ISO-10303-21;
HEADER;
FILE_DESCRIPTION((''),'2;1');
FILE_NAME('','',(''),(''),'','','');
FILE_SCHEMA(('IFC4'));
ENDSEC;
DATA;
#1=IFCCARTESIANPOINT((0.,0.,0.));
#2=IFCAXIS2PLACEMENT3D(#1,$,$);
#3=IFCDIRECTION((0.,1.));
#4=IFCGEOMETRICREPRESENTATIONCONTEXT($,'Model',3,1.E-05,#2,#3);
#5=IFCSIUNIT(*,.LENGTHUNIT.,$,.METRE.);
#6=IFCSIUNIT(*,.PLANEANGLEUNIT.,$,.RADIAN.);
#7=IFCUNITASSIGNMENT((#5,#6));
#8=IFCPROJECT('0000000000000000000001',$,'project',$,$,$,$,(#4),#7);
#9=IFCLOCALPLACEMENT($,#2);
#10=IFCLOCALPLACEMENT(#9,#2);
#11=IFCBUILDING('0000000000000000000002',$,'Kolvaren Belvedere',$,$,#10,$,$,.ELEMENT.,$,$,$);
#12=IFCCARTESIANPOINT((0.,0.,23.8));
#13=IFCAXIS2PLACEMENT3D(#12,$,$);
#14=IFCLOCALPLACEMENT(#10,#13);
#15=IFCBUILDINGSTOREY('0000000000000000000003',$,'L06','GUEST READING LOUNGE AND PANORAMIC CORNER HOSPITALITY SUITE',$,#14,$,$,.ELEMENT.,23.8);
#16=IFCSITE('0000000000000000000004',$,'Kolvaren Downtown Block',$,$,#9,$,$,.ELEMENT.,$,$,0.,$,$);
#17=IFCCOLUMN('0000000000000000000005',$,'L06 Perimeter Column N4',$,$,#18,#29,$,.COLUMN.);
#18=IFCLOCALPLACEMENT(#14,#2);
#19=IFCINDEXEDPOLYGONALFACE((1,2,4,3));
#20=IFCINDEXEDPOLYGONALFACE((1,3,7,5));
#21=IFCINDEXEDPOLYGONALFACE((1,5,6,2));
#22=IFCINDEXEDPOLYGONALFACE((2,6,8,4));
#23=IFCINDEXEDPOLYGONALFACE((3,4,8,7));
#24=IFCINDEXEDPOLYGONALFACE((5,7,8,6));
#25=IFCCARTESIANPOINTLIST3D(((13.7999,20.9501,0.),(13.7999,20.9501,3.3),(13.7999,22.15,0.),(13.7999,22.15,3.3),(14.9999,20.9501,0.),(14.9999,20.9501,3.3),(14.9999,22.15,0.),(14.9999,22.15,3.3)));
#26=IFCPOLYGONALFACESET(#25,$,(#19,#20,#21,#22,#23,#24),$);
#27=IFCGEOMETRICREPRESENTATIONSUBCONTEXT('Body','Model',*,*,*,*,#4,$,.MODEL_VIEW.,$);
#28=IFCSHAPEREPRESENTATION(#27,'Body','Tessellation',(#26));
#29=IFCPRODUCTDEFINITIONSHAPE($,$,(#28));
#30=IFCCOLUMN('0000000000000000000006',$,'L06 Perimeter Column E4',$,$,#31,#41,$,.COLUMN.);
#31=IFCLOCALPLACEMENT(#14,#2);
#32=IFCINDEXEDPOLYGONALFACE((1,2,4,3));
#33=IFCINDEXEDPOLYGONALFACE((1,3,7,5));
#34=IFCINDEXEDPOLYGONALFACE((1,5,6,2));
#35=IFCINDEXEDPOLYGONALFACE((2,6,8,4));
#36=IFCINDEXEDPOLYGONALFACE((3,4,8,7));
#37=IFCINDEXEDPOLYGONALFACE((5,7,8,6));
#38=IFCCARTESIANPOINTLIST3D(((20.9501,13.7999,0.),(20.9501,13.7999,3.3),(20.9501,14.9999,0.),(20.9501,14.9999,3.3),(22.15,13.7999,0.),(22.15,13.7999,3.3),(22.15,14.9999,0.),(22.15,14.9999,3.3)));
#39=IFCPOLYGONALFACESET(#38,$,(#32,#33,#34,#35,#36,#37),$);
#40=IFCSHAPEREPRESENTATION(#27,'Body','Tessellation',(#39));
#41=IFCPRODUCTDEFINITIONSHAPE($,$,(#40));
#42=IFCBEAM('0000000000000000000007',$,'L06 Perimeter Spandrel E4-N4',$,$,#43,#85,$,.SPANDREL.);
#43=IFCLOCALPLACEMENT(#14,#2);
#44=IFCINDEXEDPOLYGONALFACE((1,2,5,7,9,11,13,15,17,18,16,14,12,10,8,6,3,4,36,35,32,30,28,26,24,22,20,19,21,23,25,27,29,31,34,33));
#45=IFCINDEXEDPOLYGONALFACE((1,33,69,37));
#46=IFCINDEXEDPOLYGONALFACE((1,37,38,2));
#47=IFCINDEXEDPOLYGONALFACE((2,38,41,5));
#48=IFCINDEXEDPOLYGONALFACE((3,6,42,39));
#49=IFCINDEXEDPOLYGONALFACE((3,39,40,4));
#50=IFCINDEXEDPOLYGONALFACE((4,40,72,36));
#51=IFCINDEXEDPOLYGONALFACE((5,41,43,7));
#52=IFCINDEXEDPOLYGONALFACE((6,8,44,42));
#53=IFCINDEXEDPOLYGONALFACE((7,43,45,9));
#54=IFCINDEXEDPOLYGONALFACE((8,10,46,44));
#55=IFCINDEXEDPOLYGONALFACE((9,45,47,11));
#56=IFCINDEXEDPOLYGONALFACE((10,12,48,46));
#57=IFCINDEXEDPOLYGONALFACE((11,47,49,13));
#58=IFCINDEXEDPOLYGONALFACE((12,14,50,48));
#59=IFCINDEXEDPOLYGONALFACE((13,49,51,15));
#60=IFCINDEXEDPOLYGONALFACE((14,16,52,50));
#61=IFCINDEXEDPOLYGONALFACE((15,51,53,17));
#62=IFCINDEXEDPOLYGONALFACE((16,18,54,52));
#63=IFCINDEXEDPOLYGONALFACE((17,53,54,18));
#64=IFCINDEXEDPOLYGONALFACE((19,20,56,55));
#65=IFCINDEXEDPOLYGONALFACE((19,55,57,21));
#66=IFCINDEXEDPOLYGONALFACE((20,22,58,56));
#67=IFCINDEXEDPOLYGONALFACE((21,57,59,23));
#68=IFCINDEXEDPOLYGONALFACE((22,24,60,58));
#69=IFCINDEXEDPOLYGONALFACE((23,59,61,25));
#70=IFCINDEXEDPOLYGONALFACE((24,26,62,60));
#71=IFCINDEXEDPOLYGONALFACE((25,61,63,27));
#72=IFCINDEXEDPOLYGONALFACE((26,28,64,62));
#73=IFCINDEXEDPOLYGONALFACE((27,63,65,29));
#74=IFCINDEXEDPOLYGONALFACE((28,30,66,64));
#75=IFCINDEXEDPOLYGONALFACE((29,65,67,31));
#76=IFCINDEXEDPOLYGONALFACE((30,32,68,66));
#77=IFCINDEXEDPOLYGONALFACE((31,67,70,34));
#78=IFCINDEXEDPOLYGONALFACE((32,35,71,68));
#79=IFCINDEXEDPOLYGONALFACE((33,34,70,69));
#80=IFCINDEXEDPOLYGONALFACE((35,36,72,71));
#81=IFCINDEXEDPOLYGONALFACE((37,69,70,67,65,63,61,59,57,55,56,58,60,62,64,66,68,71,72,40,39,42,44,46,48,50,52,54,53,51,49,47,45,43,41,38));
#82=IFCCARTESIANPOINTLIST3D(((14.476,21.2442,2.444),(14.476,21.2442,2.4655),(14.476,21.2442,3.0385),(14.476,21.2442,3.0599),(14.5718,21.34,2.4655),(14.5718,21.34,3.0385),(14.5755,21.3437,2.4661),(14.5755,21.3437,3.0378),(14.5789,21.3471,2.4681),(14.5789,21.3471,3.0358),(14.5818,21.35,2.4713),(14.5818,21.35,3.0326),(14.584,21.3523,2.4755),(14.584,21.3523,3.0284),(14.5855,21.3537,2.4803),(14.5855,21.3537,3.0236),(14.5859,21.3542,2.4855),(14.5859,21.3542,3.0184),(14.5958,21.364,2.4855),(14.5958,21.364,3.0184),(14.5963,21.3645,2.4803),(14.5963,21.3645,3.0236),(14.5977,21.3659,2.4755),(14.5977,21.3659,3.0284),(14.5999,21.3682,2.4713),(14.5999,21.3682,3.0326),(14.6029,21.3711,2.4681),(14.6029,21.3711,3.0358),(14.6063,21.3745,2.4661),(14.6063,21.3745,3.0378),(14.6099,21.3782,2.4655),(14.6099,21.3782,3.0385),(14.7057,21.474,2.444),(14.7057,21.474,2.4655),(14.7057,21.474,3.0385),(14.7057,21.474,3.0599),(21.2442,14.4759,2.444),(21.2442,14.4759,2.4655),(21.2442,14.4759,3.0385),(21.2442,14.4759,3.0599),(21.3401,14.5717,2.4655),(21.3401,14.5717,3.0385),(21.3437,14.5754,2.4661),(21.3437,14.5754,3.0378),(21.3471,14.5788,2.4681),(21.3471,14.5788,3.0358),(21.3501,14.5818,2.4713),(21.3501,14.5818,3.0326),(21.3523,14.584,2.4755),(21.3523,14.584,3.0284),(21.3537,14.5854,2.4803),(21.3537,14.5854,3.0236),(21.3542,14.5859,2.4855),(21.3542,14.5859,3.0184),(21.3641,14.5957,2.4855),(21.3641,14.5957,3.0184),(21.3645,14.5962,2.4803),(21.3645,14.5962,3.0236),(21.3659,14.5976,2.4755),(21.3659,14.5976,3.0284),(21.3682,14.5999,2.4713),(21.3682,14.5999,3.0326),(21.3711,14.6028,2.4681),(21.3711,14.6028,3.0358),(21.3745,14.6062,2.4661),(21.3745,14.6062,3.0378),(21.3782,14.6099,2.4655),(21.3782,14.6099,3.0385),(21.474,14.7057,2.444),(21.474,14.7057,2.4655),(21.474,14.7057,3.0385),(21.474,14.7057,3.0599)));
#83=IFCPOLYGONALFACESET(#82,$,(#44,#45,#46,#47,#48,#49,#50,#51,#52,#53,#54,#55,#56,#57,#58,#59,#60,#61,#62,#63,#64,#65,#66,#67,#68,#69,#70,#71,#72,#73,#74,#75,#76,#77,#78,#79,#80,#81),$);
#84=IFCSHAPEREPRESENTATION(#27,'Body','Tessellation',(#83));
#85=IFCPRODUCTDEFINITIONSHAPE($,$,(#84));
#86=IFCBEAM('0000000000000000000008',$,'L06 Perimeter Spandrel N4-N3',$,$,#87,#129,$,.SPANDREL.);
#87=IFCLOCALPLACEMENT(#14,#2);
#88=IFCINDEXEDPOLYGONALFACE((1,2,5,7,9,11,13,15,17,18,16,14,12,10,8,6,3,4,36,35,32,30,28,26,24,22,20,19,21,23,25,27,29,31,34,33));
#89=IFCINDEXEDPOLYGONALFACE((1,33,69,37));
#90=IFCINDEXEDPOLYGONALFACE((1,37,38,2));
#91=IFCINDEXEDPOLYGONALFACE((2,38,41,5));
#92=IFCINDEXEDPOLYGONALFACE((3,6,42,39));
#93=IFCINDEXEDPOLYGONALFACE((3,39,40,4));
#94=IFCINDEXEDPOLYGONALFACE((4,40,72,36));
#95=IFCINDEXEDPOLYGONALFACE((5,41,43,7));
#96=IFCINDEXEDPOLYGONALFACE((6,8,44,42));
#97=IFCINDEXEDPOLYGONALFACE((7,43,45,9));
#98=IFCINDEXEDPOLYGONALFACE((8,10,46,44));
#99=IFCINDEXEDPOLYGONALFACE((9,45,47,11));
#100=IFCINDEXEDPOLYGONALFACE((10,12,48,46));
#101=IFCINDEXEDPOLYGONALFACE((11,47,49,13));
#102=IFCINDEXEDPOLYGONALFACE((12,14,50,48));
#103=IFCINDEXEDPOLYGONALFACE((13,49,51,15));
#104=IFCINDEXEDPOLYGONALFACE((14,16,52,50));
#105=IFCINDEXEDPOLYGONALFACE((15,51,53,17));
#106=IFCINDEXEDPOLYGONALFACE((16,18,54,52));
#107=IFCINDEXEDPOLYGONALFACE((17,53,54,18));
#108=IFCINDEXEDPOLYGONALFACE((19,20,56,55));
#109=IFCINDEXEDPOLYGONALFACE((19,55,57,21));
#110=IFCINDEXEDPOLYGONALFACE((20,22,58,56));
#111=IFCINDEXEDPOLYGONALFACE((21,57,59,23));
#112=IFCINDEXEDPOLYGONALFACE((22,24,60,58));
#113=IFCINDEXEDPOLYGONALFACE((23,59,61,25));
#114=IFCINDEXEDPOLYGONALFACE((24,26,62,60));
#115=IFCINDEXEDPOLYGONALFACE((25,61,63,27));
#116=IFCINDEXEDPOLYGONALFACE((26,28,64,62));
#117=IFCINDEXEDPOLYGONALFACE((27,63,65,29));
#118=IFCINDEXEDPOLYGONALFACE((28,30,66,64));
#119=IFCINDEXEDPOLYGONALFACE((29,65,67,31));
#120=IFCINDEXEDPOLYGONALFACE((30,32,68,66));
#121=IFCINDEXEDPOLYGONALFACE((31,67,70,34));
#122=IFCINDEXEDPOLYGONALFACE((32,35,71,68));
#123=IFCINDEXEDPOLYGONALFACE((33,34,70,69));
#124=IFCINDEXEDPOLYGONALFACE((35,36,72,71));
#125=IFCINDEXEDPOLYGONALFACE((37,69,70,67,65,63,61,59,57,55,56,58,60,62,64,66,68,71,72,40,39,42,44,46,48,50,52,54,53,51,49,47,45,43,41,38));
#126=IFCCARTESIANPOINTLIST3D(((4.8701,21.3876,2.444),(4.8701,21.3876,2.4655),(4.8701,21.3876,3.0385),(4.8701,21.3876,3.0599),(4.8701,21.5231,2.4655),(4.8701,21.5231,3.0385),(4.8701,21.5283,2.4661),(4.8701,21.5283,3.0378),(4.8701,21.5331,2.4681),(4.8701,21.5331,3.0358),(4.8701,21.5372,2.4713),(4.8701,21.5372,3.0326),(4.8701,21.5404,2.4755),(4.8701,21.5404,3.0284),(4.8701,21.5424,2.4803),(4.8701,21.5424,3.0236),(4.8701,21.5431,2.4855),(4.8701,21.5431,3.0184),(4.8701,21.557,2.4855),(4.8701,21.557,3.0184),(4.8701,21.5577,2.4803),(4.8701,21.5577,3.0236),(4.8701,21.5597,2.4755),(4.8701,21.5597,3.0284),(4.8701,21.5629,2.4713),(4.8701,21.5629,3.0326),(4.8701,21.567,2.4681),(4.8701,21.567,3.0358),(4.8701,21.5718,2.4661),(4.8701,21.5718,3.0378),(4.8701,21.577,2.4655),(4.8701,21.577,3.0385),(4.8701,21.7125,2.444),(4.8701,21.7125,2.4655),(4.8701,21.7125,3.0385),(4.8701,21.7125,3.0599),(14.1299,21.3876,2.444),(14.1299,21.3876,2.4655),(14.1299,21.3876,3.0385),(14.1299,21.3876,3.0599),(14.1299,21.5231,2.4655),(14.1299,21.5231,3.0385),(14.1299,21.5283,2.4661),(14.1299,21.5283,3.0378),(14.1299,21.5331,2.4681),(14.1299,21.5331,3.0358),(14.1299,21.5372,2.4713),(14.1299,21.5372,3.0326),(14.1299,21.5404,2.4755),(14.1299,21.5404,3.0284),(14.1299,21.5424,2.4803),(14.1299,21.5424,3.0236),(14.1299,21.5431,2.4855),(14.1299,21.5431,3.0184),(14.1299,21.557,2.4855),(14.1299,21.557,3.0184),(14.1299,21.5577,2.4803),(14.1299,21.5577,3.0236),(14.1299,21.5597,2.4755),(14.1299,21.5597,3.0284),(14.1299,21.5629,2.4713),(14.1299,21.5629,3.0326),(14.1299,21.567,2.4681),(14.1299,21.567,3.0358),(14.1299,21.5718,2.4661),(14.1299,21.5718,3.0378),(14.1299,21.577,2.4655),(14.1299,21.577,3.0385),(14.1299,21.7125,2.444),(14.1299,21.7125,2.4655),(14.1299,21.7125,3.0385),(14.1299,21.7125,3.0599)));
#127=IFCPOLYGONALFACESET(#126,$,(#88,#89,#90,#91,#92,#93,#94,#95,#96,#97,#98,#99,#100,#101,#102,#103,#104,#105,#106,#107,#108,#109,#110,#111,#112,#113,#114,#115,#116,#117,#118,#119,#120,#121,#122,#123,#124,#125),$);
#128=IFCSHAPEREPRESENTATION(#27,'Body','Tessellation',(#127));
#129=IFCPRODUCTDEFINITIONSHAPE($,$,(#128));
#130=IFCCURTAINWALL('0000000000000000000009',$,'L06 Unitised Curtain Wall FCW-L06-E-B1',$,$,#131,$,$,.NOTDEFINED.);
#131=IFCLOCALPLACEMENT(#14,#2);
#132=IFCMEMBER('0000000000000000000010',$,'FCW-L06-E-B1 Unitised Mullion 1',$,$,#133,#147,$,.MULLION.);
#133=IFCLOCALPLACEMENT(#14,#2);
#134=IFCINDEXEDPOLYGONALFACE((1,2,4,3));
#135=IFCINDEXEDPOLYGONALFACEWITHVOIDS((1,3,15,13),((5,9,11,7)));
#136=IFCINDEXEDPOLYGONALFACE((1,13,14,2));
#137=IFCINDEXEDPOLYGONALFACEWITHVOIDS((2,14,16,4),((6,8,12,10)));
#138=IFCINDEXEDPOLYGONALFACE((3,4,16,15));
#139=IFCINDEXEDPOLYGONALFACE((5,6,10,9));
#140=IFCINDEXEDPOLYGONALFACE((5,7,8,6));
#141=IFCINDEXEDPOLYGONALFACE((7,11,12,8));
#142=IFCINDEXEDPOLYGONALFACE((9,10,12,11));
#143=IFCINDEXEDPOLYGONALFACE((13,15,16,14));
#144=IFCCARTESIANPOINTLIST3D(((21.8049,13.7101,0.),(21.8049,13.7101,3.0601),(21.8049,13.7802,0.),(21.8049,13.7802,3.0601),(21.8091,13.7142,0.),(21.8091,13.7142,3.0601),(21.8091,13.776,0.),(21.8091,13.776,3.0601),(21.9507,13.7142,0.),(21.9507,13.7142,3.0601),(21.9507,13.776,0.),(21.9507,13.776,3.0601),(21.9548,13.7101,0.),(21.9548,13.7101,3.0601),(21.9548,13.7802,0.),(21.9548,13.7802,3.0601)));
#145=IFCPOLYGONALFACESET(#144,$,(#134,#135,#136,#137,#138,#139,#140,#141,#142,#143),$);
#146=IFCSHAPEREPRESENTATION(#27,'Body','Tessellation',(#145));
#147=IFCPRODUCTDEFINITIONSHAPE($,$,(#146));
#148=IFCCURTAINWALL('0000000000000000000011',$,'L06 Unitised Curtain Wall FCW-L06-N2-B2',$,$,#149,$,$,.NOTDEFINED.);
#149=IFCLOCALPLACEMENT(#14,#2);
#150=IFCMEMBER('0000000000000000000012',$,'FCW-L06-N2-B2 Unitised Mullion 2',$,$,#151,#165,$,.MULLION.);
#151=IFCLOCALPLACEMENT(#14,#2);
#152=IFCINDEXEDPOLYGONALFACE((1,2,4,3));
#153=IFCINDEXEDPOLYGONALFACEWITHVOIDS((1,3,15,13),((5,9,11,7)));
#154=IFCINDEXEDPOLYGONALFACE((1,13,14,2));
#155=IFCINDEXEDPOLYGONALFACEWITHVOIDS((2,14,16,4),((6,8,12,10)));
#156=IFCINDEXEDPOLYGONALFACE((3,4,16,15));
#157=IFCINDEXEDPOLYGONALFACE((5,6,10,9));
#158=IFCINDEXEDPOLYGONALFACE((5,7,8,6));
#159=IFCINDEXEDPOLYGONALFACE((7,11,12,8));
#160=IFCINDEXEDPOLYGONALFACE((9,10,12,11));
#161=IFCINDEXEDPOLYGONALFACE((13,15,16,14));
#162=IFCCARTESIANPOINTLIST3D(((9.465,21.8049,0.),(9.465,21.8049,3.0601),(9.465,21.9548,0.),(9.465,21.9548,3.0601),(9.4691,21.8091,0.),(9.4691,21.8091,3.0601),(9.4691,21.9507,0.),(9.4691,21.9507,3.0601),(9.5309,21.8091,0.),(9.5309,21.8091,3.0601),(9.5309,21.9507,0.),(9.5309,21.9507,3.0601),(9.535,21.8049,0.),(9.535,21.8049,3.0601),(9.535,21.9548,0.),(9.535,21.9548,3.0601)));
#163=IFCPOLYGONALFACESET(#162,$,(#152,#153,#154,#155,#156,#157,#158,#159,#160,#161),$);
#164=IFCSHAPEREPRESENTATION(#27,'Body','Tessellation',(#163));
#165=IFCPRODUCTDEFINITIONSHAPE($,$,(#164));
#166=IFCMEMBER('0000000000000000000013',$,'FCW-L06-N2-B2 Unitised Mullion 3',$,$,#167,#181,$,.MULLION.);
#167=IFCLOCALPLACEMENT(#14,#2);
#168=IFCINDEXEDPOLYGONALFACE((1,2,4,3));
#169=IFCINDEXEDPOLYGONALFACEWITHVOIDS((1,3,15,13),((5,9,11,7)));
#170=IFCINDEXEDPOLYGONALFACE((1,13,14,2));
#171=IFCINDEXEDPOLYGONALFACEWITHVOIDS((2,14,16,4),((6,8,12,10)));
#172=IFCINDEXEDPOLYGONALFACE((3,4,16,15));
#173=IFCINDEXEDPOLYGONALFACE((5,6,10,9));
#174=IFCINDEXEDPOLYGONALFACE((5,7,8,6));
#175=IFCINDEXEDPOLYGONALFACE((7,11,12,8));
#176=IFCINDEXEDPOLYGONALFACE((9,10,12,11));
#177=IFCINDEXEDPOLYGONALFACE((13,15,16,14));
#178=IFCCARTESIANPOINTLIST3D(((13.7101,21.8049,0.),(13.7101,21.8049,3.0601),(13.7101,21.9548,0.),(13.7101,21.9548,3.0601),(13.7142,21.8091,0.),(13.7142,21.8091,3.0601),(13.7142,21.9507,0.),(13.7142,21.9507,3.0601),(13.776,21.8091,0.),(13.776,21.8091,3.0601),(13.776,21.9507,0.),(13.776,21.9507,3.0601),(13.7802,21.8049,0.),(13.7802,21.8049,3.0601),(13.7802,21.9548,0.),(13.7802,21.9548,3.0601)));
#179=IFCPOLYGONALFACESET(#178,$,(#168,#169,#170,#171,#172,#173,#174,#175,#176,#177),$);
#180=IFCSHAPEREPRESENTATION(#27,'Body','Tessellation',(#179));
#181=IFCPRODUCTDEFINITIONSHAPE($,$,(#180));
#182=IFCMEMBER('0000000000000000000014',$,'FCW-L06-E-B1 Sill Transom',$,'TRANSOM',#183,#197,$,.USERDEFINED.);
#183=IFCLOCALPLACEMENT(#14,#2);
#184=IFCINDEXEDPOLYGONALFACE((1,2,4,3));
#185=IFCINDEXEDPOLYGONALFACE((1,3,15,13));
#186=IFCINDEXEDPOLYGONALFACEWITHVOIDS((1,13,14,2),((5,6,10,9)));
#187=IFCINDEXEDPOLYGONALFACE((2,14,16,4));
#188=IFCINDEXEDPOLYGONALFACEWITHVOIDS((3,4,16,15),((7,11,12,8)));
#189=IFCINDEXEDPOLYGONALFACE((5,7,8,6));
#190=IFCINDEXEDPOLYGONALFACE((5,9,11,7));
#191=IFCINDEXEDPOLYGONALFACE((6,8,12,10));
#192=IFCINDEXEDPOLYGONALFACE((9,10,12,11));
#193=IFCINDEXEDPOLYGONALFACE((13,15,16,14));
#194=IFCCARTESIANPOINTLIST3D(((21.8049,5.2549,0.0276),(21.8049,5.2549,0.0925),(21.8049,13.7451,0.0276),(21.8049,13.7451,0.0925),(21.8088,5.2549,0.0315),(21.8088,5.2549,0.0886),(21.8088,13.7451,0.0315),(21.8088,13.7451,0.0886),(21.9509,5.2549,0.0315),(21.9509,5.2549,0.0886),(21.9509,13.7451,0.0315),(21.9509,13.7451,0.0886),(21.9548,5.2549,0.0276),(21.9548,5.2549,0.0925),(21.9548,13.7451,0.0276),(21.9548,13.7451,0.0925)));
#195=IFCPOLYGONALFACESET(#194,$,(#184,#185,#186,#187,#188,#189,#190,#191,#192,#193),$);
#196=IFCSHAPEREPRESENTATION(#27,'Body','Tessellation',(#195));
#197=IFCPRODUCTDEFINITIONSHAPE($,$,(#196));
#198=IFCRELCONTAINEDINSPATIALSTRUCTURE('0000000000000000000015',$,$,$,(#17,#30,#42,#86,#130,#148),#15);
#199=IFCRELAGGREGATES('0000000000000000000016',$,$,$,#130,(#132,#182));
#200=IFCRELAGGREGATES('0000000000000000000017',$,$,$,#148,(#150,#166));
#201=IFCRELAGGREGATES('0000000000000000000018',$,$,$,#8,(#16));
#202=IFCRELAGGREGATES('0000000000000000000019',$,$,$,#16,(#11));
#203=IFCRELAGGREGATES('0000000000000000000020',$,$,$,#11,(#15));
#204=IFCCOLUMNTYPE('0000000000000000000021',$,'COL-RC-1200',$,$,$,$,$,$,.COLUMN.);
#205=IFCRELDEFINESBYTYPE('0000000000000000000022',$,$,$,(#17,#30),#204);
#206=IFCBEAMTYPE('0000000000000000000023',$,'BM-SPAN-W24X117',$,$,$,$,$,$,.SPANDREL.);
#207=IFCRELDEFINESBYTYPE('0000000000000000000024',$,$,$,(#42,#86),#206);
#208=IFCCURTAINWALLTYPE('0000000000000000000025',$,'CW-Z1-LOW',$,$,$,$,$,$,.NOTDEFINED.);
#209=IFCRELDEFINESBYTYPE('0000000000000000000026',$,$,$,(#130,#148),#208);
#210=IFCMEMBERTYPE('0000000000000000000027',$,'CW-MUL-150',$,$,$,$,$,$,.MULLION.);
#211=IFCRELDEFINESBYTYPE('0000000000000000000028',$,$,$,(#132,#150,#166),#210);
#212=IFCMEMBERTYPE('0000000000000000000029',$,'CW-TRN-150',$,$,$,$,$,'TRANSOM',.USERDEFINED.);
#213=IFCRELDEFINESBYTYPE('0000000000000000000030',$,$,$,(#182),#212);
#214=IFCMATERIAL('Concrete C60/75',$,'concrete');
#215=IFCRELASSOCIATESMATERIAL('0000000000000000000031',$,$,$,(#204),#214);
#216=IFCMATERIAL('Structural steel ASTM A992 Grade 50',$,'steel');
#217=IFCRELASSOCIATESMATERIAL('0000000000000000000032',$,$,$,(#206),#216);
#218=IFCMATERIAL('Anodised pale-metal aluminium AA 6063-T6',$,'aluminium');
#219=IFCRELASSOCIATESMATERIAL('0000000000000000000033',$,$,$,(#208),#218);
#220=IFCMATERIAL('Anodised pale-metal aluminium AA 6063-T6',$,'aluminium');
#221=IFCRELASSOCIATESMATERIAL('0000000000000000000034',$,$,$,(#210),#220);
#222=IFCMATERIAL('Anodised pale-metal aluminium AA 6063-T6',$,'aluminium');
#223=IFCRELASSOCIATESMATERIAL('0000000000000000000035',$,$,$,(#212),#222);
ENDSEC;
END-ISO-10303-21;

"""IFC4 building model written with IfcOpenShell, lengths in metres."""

from ifc_helpers import new_model, si_unit, direction, frame, origin, origin_2d, place, context, subcontext, project, spatial, rectangle, hollow_rectangle, i_section, extrude, material, material_profile, profile_set, type_object, element, aggregate, save


model = new_model("IFC4")

# Units and contexts
model_context = context("Model", 3, precision=1e-05, world=origin(), true_north=direction((0.0, 1.0)))
body_context = subcontext(model_context, "Body", "Model", "MODEL_VIEW")
ifc_project = project(units=[si_unit("LENGTHUNIT", "METRE"), si_unit("PLANEANGLEUNIT", "RADIAN")], contexts=[model_context])

# Site, building, storey
site_placement = place(None, origin())
site = spatial("IfcSite", under=ifc_project, at=site_placement, Name="Kolvaren Downtown Block", CompositionType="ELEMENT", RefElevation=0.0)
building_placement = place(site_placement, origin())
building = spatial("IfcBuilding", under=site, at=building_placement, Name="Kolvaren Belvedere", CompositionType="ELEMENT")
storey_placement = place(building_placement, frame((0.0, 0.0, 23.8)))
storey = spatial("IfcBuildingStorey", under=building, at=storey_placement, Name="L06", Description="GUEST READING LOUNGE AND PANORAMIC CORNER HOSPITALITY SUITE", CompositionType="ELEMENT", Elevation=23.8)

# Columns
ifc_material_1 = material(Name="Concrete C60/75", Category="concrete")
ifc_material_profile_1 = material_profile(ifc_material_1, rectangle(XDim=1.2, YDim=1.2, at=origin_2d()), Name="RC 1200X1200")
ifc_profile_set_1 = profile_set([ifc_material_profile_1], Name="Concrete C60/75")
column_type = type_object("IfcColumnType", Name="COL-RC-1200", PredefinedType="COLUMN", material=ifc_profile_set_1)
for number, where, z_axis, x_axis, name in (
    (1, (14.3999, 21.55, 0.0), (0.0, 0.0, 1.0), (1.0, 0.0, 0.0), "L06 Perimeter Column N4"),
    (2, (21.55, 14.3999, 0.0), (0.0, 0.0, 1.0), (1.0, 0.0, 0.0), "L06 Perimeter Column E4"),
):
    element("IfcColumn", number, at=place(storey_placement, frame(where, z_axis=z_axis, x_axis=x_axis)), inside=storey, type_object=column_type, Name=name, PredefinedType="COLUMN", context=body_context, shape_type="SweptSolid", body=[
        extrude(rectangle(XDim=1.2, YDim=1.2, at=origin_2d()), origin(), (0.0, 0.0, 1.0), 3.3),
    ])

# Beams
ifc_material_2 = material(Name="Structural steel ASTM A992 Grade 50", Category="steel")
ifc_material_profile_2 = material_profile(ifc_material_2, i_section(OverallWidth=0.325, OverallDepth=0.616, WebThickness=0.0139, FlangeThickness=0.0215, FilletRadius=0.02, at=origin_2d()), Name="W24X117")
ifc_profile_set_2 = profile_set([ifc_material_profile_2], Name="Structural steel ASTM A992 Grade 50")
beam_type = type_object("IfcBeamType", Name="BM-SPAN-W24X117", PredefinedType="SPANDREL", material=ifc_profile_set_2)
beam_1_placement = place(storey_placement, frame((21.3591, 14.5908, 2.752), z_axis=(-0.707107, 0.707107, 0.0), x_axis=(-0.707107, -0.707107, 0.0)))
element("IfcBeam", 3, at=beam_1_placement, inside=storey, type_object=beam_type, Name="L06 Perimeter Spandrel E4-N4", PredefinedType="SPANDREL", context=body_context, shape_type="SweptSolid", body=[
    extrude(i_section(OverallWidth=0.325, OverallDepth=0.616, WebThickness=0.0139, FlangeThickness=0.0215, FilletRadius=0.02, at=origin_2d()), origin(), (0.0, 0.0, 1.0), 9.5718),
])
beam_2_placement = place(storey_placement, frame((14.1299, 21.55, 2.752), z_axis=(-1.0, 0.0, 0.0), x_axis=(0.0, -1.0, 0.0)))
element("IfcBeam", 4, at=beam_2_placement, inside=storey, type_object=beam_type, Name="L06 Perimeter Spandrel N4-N3", PredefinedType="SPANDREL", context=body_context, shape_type="SweptSolid", body=[
    extrude(i_section(OverallWidth=0.325, OverallDepth=0.616, WebThickness=0.0139, FlangeThickness=0.0215, FilletRadius=0.02, at=origin_2d()), origin(), (0.0, 0.0, 1.0), 9.2598),
])

# Curtain wall, member
ifc_material_3 = material(Name="Anodised pale-metal aluminium AA 6063-T6", Category="aluminium")
curtain_wall_type = type_object("IfcCurtainWallType", Name="CW-Z1-LOW", PredefinedType="NOTDEFINED", material=ifc_material_3)
curtain_wall_1_placement = place(storey_placement, origin())
curtain_wall_1 = element("IfcCurtainWall", 5, at=curtain_wall_1_placement, inside=storey, type_object=curtain_wall_type, Name="L06 Unitised Curtain Wall FCW-L06-E-B1", PredefinedType="NOTDEFINED")
ifc_material_4 = material(Name="Anodised pale-metal aluminium AA 6063-T6", Category="aluminium")
ifc_material_profile_3 = material_profile(ifc_material_4, hollow_rectangle(XDim=0.0701, YDim=0.1499, WallThickness=0.0042, at=origin_2d()), Name="ALU-MUL-150X70")
ifc_profile_set_3 = profile_set([ifc_material_profile_3], Name="Anodised pale-metal aluminium AA 6063-T6")
member_type_1 = type_object("IfcMemberType", Name="CW-MUL-150", PredefinedType="MULLION", material=ifc_profile_set_3)
member_1_placement = place(storey_placement, frame((21.8799, 13.7451, 0.0), z_axis=(0.0, 0.0, 1.0), x_axis=(0.0, 1.0, 0.0)))
member_1 = element("IfcMember", 6, at=member_1_placement, type_object=member_type_1, Name="FCW-L06-E-B1 Unitised Mullion 1", PredefinedType="MULLION", context=body_context, shape_type="SweptSolid", body=[
    extrude(hollow_rectangle(XDim=0.0701, YDim=0.1499, WallThickness=0.0042, at=origin_2d()), origin(), (0.0, 0.0, 1.0), 3.0601),
])

# Curtain wall, members
curtain_wall_2_placement = place(storey_placement, origin())
curtain_wall_2 = element("IfcCurtainWall", 7, at=curtain_wall_2_placement, inside=storey, type_object=curtain_wall_type, Name="L06 Unitised Curtain Wall FCW-L06-N2-B2", PredefinedType="NOTDEFINED")
member_2_placement = place(storey_placement, frame((9.5, 21.8799, 0.0), z_axis=(0.0, 0.0, 1.0), x_axis=(1.0, 0.0, 0.0)))
member_2 = element("IfcMember", 8, at=member_2_placement, type_object=member_type_1, Name="FCW-L06-N2-B2 Unitised Mullion 2", PredefinedType="MULLION", context=body_context, shape_type="SweptSolid", body=[
    extrude(hollow_rectangle(XDim=0.0701, YDim=0.1499, WallThickness=0.0042, at=origin_2d()), origin(), (0.0, 0.0, 1.0), 3.0601),
])
member_3_placement = place(storey_placement, frame((13.7451, 21.8799, 0.0), z_axis=(0.0, 0.0, 1.0), x_axis=(1.0, 0.0, 0.0)))
member_3 = element("IfcMember", 9, at=member_3_placement, type_object=member_type_1, Name="FCW-L06-N2-B2 Unitised Mullion 3", PredefinedType="MULLION", context=body_context, shape_type="SweptSolid", body=[
    extrude(hollow_rectangle(XDim=0.0701, YDim=0.1499, WallThickness=0.0042, at=origin_2d()), origin(), (0.0, 0.0, 1.0), 3.0601),
])

# Member
ifc_material_5 = material(Name="Anodised pale-metal aluminium AA 6063-T6", Category="aluminium")
ifc_material_profile_4 = material_profile(ifc_material_5, hollow_rectangle(XDim=0.0649, YDim=0.1499, WallThickness=0.0039, at=origin_2d()), Name="ALU-TRN-150X65")
ifc_profile_set_4 = profile_set([ifc_material_profile_4], Name="Anodised pale-metal aluminium AA 6063-T6")
member_type_2 = type_object("IfcMemberType", Name="CW-TRN-150", ElementType="TRANSOM", PredefinedType="USERDEFINED", material=ifc_profile_set_4)
member_4_placement = place(storey_placement, frame((21.8799, 13.7451, 0.0601), z_axis=(0.0, -1.0, 0.0), x_axis=(0.0, 0.0, 1.0)))
member_4 = element("IfcMember", 10, at=member_4_placement, type_object=member_type_2, Name="FCW-L06-E-B1 Sill Transom", ObjectType="TRANSOM", PredefinedType="USERDEFINED", context=body_context, shape_type="SweptSolid", body=[
    extrude(hollow_rectangle(XDim=0.0649, YDim=0.1499, WallThickness=0.0039, at=origin_2d()), origin(), (0.0, 0.0, 1.0), 8.4902),
])

aggregate(curtain_wall_1, [member_1, member_4])
aggregate(curtain_wall_2, [member_2, member_3])

save(model, "model.ifc")
